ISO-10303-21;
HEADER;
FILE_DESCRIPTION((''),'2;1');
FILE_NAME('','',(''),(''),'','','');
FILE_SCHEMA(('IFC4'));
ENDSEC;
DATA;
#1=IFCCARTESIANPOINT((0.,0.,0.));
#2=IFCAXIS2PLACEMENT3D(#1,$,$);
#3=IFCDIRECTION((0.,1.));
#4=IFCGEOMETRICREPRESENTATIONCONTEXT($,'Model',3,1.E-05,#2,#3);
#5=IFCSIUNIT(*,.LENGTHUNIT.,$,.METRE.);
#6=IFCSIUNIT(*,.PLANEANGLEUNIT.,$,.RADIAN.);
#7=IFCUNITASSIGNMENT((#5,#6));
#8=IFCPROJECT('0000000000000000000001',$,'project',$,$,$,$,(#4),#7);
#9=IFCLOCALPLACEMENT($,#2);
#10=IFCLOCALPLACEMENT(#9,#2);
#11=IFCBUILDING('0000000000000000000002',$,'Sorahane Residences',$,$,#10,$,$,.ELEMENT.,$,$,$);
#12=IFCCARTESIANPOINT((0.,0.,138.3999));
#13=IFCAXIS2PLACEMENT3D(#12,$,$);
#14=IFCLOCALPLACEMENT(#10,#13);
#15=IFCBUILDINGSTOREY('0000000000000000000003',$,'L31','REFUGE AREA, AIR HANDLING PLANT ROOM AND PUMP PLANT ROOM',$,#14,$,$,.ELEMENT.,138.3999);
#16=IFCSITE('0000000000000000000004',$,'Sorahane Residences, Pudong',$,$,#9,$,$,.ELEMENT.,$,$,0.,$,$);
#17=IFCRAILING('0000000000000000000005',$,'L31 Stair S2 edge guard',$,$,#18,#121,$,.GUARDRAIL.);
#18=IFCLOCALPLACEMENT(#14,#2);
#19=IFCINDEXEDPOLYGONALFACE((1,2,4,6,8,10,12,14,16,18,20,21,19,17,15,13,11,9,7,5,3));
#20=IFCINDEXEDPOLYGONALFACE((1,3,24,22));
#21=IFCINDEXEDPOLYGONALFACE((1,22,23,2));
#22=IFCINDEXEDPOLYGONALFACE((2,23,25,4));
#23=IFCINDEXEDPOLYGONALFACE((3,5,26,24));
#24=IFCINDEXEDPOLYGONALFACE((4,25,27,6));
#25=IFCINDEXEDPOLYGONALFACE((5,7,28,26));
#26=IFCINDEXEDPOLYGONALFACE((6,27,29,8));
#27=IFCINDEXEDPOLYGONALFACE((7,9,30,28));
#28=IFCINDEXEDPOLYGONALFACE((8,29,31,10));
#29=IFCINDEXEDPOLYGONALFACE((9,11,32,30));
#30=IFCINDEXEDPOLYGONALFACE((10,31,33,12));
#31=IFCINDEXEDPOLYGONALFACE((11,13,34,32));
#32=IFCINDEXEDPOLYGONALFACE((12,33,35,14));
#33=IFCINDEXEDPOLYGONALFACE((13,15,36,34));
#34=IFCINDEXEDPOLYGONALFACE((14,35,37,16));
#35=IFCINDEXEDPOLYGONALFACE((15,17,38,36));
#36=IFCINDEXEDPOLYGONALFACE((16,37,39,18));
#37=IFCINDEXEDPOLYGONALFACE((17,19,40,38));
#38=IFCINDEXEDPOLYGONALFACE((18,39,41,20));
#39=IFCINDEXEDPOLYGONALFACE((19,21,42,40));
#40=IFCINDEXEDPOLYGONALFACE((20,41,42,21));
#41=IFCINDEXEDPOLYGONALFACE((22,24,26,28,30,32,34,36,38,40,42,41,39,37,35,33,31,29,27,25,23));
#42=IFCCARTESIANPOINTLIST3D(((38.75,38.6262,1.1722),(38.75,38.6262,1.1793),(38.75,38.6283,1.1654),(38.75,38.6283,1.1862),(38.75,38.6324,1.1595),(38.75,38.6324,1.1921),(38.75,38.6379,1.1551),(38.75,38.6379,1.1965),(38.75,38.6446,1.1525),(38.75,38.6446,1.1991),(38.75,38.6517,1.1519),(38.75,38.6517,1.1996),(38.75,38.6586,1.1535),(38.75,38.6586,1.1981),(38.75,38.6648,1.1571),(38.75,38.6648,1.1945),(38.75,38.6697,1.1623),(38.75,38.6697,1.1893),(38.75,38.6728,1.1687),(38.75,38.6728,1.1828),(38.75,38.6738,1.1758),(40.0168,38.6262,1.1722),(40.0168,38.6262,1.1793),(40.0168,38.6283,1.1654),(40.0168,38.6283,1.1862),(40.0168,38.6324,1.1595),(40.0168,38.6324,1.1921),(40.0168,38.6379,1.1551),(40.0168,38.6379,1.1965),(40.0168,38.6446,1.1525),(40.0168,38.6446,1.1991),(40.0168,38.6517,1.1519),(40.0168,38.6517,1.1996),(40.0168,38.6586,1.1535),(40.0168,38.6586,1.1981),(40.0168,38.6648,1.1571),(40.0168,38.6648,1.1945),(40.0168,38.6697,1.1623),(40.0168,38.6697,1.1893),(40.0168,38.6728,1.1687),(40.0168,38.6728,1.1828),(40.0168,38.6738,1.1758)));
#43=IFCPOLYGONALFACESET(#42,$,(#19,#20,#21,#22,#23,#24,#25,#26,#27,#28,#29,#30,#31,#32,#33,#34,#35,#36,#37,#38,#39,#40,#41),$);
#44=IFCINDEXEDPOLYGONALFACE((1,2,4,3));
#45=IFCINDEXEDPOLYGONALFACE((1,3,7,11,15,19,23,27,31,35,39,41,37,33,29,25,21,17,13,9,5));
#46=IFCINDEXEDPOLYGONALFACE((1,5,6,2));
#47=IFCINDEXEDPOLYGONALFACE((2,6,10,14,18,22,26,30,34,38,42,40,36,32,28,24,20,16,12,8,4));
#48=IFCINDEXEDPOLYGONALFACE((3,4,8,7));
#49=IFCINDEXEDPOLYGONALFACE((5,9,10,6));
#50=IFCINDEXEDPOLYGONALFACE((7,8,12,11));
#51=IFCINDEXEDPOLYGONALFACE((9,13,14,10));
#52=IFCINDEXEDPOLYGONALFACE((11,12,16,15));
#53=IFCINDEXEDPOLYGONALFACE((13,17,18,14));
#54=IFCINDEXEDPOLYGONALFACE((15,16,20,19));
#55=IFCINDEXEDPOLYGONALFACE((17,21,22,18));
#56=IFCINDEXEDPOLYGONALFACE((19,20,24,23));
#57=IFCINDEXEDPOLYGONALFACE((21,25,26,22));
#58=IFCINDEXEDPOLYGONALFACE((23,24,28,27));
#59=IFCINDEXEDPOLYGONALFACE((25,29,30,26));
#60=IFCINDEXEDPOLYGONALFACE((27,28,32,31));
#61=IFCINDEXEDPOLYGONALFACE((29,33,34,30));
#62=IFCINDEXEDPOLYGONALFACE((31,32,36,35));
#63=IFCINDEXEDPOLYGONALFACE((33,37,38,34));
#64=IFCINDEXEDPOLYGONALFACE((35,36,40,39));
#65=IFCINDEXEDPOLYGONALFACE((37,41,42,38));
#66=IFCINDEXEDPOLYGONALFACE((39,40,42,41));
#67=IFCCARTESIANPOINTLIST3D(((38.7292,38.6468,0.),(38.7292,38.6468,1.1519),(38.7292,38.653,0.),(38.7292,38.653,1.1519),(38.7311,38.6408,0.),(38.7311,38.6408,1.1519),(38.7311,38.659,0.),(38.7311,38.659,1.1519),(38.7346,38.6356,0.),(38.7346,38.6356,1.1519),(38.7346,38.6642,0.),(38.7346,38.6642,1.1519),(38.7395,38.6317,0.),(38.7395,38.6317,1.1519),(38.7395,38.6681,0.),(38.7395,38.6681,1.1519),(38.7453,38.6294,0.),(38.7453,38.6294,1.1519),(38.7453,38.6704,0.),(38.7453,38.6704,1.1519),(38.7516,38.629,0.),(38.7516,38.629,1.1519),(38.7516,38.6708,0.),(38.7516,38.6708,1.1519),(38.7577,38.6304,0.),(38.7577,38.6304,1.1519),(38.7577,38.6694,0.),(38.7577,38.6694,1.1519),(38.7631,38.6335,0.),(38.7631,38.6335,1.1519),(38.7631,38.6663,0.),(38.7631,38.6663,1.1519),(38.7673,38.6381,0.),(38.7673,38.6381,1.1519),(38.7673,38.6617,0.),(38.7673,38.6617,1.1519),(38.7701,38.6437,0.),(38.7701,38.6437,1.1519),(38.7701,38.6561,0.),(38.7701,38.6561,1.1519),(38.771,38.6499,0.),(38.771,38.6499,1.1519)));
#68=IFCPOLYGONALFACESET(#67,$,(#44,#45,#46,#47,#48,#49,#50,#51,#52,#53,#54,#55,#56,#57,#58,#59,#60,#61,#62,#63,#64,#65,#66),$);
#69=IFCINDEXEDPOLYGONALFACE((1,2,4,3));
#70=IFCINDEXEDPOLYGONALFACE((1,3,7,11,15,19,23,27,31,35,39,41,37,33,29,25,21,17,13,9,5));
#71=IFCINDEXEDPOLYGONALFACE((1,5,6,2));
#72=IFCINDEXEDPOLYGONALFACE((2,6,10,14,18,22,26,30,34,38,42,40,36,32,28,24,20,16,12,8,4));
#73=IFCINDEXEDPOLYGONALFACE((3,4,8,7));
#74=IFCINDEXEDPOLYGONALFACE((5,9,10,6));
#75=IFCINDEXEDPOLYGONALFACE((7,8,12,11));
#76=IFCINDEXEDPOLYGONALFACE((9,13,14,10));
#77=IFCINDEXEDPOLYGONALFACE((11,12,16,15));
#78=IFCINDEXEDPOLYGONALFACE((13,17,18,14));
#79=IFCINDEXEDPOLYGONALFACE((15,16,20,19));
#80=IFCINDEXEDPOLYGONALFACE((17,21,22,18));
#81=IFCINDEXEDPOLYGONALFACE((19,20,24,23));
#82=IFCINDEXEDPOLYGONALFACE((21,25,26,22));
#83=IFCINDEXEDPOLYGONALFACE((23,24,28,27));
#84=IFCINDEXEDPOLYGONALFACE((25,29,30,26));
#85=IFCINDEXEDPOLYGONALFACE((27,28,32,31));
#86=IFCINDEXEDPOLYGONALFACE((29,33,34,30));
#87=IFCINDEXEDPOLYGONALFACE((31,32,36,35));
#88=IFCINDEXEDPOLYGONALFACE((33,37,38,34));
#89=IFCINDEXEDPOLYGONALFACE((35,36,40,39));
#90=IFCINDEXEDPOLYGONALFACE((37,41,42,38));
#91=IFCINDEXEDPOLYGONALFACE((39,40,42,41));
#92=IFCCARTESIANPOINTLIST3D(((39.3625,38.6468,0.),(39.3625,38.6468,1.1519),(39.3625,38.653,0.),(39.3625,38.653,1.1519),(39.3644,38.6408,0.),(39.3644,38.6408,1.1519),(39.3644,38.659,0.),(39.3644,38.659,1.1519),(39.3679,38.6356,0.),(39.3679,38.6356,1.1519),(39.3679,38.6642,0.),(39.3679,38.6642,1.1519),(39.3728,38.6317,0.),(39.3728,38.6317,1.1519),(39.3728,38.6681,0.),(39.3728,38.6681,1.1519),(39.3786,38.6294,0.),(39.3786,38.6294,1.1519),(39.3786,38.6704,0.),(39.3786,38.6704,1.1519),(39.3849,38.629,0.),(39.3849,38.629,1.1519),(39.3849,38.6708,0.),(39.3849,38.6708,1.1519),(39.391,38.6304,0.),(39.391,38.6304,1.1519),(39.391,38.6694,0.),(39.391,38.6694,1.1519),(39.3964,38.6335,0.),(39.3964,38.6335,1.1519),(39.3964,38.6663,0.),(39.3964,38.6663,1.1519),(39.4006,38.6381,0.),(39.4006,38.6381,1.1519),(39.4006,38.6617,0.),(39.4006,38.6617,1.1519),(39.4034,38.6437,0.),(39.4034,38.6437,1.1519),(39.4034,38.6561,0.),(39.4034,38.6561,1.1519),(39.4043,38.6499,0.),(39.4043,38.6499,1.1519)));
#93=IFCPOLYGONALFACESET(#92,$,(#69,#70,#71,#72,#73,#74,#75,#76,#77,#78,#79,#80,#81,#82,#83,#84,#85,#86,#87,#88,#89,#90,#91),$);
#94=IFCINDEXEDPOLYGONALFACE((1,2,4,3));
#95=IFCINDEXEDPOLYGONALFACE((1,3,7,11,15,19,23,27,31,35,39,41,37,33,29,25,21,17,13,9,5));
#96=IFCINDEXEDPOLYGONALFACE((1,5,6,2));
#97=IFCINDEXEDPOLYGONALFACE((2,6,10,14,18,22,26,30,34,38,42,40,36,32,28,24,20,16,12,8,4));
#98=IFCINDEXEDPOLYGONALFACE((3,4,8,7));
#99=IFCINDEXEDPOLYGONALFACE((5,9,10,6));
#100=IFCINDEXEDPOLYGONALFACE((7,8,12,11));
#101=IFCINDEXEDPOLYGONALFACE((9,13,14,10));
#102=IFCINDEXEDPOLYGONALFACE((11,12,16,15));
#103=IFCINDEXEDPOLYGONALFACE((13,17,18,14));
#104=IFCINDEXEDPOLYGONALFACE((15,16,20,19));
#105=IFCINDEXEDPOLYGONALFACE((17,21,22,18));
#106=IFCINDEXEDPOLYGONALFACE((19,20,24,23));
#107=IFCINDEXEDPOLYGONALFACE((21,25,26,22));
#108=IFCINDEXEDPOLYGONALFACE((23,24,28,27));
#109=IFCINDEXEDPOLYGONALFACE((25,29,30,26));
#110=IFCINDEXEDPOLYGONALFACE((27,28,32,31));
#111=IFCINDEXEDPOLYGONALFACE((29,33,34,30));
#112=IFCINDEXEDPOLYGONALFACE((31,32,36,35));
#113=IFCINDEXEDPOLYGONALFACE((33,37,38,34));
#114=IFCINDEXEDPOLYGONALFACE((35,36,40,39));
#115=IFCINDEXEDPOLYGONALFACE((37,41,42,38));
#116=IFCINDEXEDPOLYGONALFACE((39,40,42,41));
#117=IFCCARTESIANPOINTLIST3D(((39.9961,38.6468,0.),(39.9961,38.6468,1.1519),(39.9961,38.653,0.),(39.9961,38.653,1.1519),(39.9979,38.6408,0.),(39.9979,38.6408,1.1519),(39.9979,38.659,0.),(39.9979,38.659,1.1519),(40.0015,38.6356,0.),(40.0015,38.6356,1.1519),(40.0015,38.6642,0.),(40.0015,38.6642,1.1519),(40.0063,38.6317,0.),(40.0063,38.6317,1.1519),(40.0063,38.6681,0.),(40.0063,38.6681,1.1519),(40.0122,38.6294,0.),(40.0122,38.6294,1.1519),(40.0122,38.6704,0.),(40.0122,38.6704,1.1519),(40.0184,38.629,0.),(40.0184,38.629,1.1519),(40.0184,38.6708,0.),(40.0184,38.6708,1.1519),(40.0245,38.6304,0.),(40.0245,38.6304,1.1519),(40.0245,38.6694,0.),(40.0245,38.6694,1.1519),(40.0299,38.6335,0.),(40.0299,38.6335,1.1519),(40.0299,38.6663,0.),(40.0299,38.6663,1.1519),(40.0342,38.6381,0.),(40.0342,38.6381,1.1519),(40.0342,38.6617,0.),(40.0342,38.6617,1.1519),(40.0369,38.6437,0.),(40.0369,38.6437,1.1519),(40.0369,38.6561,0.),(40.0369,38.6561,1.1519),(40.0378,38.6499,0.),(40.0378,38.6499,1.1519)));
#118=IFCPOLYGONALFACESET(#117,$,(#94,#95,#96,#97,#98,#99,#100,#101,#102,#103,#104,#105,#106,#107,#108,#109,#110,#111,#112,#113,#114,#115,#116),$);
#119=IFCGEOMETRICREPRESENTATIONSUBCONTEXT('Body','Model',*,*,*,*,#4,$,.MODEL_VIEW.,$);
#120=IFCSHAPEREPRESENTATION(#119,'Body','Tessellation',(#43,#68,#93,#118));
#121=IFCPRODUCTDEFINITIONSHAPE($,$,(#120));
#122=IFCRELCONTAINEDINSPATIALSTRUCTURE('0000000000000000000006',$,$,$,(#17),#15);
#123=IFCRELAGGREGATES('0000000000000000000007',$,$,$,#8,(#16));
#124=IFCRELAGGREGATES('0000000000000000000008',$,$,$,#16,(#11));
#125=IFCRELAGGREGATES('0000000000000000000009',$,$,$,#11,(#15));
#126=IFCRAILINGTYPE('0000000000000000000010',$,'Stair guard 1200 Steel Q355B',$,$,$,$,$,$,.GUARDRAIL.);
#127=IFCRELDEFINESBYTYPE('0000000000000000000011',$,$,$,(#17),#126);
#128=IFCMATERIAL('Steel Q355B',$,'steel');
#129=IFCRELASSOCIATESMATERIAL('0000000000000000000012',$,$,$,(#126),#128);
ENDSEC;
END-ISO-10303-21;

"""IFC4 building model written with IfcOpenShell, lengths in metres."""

from ifc_helpers import new_model, si_unit, direction, frame, origin, origin_2d, place, context, subcontext, project, spatial, circle, extrude, material, type_object, element, save


model = new_model("IFC4")

# Units and contexts
model_context = context("Model", 3, precision=1e-05, world=origin(), true_north=direction((0.0, 1.0)))
body_context = subcontext(model_context, "Body", "Model", "MODEL_VIEW")
ifc_project = project(units=[si_unit("LENGTHUNIT", "METRE"), si_unit("PLANEANGLEUNIT", "RADIAN")], contexts=[model_context])

# Site, building, storey
site_placement = place(None, origin())
site = spatial("IfcSite", under=ifc_project, at=site_placement, Name="Sorahane Residences, Pudong", CompositionType="ELEMENT", RefElevation=0.0)
building_placement = place(site_placement, origin())
building = spatial("IfcBuilding", under=site, at=building_placement, Name="Sorahane Residences", CompositionType="ELEMENT")
storey_placement = place(building_placement, frame((0.0, 0.0, 138.3999)))
storey = spatial("IfcBuildingStorey", under=building, at=storey_placement, Name="L31", Description="REFUGE AREA, AIR HANDLING PLANT ROOM AND PUMP PLANT ROOM", CompositionType="ELEMENT", Elevation=138.3999)

# Railing
ifc_material_1 = material(Name="Steel Q355B", Category="steel")
railing_type = type_object("IfcRailingType", Name="Stair guard 1200 Steel Q355B", PredefinedType="GUARDRAIL", material=ifc_material_1)
railing_1_placement = place(storey_placement, frame((38.75, 38.6499, 0.0)))
element("IfcRailing", 1, at=railing_1_placement, inside=storey, type_object=railing_type, Name="L31 Stair S2 edge guard", PredefinedType="GUARDRAIL", context=body_context, shape_type="SweptSolid", body=[
    extrude(circle(Radius=0.0239, at=origin_2d()), frame((0.0, 0.0, 1.1758), z_axis=(1.0, 0.0, 0.0), x_axis=(0.0, 1.0, 0.0)), (0.0, 0.0, 1.0), 1.2668),
    extrude(circle(Radius=0.021, at=origin_2d()), origin(), (0.0, 0.0, 1.0), 1.1519),
    extrude(circle(Radius=0.021, at=origin_2d()), frame((0.6333, 0.0, 0.0)), (0.0, 0.0, 1.0), 1.1519),
    extrude(circle(Radius=0.021, at=origin_2d()), frame((1.2668, 0.0, 0.0)), (0.0, 0.0, 1.0), 1.1519),
])

save(model, "model.ifc")
